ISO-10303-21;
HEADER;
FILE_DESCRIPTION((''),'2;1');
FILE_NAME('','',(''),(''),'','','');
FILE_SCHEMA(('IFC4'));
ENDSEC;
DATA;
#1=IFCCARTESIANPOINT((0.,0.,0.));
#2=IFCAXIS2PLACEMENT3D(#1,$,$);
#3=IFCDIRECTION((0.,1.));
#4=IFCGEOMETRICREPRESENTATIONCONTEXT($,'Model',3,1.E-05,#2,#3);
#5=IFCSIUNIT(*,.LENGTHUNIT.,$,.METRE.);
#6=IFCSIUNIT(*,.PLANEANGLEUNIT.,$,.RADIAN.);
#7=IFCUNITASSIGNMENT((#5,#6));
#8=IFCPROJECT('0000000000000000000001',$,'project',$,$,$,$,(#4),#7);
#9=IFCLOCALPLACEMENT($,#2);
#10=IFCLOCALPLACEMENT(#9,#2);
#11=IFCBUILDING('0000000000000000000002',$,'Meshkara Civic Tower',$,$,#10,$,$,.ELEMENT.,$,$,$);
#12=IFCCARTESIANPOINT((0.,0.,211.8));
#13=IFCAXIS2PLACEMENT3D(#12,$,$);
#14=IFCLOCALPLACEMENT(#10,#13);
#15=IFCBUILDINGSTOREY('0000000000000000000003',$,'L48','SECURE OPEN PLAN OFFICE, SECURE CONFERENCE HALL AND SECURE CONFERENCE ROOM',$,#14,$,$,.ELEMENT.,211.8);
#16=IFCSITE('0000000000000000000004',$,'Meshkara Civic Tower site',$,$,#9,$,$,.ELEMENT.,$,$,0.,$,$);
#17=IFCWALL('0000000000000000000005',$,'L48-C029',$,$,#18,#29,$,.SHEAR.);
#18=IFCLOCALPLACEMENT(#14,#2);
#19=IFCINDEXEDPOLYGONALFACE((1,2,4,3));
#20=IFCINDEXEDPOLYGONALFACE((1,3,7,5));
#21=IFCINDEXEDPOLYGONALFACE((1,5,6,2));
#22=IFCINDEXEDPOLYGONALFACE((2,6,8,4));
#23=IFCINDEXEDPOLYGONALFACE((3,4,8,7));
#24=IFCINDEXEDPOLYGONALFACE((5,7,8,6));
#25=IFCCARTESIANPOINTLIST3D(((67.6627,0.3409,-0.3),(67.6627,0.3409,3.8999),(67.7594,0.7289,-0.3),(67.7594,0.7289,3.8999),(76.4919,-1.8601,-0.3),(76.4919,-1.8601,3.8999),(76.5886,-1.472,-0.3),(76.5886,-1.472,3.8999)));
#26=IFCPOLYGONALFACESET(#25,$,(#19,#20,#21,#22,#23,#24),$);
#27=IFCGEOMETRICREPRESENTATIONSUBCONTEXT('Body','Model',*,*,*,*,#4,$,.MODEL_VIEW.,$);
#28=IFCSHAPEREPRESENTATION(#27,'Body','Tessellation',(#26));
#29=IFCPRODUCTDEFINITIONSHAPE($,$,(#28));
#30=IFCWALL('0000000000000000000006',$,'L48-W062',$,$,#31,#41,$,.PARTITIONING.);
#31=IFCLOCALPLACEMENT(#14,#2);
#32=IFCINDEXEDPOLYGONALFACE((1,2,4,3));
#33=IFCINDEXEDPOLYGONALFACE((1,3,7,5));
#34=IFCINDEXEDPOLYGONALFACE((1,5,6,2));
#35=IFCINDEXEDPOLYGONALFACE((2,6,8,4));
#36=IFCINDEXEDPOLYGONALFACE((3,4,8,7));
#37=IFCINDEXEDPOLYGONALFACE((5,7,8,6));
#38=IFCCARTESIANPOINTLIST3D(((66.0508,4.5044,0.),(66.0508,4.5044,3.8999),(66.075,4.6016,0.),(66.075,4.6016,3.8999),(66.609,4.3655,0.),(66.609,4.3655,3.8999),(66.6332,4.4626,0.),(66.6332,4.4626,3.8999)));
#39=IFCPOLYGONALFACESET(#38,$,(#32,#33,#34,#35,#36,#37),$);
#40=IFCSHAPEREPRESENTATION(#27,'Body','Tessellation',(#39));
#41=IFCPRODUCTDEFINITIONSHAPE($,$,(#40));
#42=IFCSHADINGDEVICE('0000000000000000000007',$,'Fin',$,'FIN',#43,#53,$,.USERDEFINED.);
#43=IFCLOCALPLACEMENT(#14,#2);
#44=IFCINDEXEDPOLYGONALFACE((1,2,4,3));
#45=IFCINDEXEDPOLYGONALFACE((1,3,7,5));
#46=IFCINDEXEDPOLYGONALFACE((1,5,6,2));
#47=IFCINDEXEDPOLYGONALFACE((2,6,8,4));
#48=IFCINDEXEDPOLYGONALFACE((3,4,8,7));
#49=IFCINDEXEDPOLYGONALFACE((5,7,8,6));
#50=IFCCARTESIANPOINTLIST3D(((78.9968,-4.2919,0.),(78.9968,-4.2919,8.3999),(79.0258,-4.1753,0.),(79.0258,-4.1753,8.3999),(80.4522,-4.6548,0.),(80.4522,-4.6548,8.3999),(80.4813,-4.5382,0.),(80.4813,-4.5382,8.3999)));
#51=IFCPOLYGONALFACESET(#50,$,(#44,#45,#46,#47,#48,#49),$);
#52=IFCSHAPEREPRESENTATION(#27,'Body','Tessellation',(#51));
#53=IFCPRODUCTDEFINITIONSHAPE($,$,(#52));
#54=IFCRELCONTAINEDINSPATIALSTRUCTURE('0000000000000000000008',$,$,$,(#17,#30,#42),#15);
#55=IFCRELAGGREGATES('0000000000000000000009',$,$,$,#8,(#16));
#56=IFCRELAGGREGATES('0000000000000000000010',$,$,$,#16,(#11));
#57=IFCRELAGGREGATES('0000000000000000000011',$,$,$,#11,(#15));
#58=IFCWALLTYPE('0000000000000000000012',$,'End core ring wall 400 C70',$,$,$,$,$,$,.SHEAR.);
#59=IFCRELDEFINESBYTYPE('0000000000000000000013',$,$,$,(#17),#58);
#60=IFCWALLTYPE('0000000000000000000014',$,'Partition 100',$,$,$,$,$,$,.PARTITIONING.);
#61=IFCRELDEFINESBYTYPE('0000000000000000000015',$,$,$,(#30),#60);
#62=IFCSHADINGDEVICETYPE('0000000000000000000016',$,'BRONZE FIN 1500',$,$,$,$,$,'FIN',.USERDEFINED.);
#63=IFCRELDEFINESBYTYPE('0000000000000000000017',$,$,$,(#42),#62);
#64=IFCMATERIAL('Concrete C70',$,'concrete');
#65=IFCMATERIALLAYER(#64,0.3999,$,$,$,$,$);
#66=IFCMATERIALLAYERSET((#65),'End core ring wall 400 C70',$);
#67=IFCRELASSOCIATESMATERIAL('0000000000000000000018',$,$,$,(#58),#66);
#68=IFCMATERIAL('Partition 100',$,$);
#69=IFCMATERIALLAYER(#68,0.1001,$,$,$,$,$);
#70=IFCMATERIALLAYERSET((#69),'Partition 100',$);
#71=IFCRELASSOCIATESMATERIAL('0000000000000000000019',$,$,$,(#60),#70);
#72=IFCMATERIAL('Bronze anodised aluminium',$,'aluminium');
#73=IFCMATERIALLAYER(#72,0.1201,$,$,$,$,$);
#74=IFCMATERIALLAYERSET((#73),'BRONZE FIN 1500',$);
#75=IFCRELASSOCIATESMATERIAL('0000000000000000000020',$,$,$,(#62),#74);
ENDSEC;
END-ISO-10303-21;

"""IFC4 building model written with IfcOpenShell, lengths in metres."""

from ifc_helpers import new_model, si_unit, direction, frame, frame_2d, origin, origin_2d, place, context, subcontext, project, spatial, rectangle, extrude, material, layer, layer_set, type_object, element, save


model = new_model("IFC4")

# Units and contexts
model_context = context("Model", 3, precision=1e-05, world=origin(), true_north=direction((0.0, 1.0)))
body_context = subcontext(model_context, "Body", "Model", "MODEL_VIEW")
ifc_project = project(units=[si_unit("LENGTHUNIT", "METRE"), si_unit("PLANEANGLEUNIT", "RADIAN")], contexts=[model_context])

# Site, building, storey
site_placement = place(None, origin())
site = spatial("IfcSite", under=ifc_project, at=site_placement, Name="Meshkara Civic Tower site", CompositionType="ELEMENT", RefElevation=0.0)
building_placement = place(site_placement, origin())
building = spatial("IfcBuilding", under=site, at=building_placement, Name="Meshkara Civic Tower", CompositionType="ELEMENT")
storey_placement = place(building_placement, frame((0.0, 0.0, 211.8)))
storey = spatial("IfcBuildingStorey", under=building, at=storey_placement, Name="L48", Description="SECURE OPEN PLAN OFFICE, SECURE CONFERENCE HALL AND SECURE CONFERENCE ROOM", CompositionType="ELEMENT", Elevation=211.8)

# Walls
ifc_material_1 = material(Name="Concrete C70", Category="concrete")
ifc_layer_1 = layer(ifc_material_1, 0.3999)
ifc_layer_set_1 = layer_set([ifc_layer_1], Name="End core ring wall 400 C70")
wall_type_1 = type_object("IfcWallType", Name="End core ring wall 400 C70", PredefinedType="SHEAR", material=ifc_layer_set_1)
wall_1_placement = place(storey_placement, frame((67.7109, 0.5349, -0.3), z_axis=(0.0, 0.0, 1.0), x_axis=(0.970306, -0.241879, 0.0)))
element("IfcWall", 1, at=wall_1_placement, inside=storey, type_object=wall_type_1, Name="L48-C029", PredefinedType="SHEAR", context=body_context, shape_type="SweptSolid", body=[
    extrude(rectangle(XDim=9.0994, YDim=0.3999, at=frame_2d((4.5498, 0.0))), origin(), (0.0, 0.0, 1.0), 4.2),
])
ifc_material_2 = material(Name="Partition 100")
ifc_layer_2 = layer(ifc_material_2, 0.1001)
ifc_layer_set_2 = layer_set([ifc_layer_2], Name="Partition 100")
wall_type_2 = type_object("IfcWallType", Name="Partition 100", PredefinedType="PARTITIONING", material=ifc_layer_set_2)
wall_2_placement = place(storey_placement, frame((66.6211, 4.4141, 0.0), z_axis=(0.0, 0.0, 1.0), x_axis=(-0.970392, 0.241537, 0.0)))
element("IfcWall", 2, at=wall_2_placement, inside=storey, type_object=wall_type_2, Name="L48-W062", PredefinedType="PARTITIONING", context=body_context, shape_type="SweptSolid", body=[
    extrude(rectangle(XDim=0.5752, YDim=0.1001, at=frame_2d((0.2876, 0.0))), origin(), (0.0, 0.0, 1.0), 3.8999),
])

# Shading device
ifc_material_3 = material(Name="Bronze anodised aluminium", Category="aluminium")
ifc_layer_3 = layer(ifc_material_3, 0.1201)
ifc_layer_set_3 = layer_set([ifc_layer_3], Name="BRONZE FIN 1500")
shading_device_type = type_object("IfcShadingDeviceType", Name="BRONZE FIN 1500", ElementType="FIN", PredefinedType="USERDEFINED", material=ifc_layer_set_3)
shading_device_placement = place(storey_placement, frame((79.739, -4.415, 0.0), z_axis=(0.0, 0.0, 1.0), x_axis=(0.241922, 0.970296, 0.0)))
element("IfcShadingDevice", 3, at=shading_device_placement, inside=storey, type_object=shading_device_type, Name="Fin", ObjectType="FIN", PredefinedType="USERDEFINED", context=body_context, shape_type="SweptSolid", body=[
    extrude(rectangle(XDim=0.1201, YDim=1.5, at=origin_2d()), origin(), (0.0, 0.0, 1.0), 8.3999),
])

save(model, "model.ifc")
